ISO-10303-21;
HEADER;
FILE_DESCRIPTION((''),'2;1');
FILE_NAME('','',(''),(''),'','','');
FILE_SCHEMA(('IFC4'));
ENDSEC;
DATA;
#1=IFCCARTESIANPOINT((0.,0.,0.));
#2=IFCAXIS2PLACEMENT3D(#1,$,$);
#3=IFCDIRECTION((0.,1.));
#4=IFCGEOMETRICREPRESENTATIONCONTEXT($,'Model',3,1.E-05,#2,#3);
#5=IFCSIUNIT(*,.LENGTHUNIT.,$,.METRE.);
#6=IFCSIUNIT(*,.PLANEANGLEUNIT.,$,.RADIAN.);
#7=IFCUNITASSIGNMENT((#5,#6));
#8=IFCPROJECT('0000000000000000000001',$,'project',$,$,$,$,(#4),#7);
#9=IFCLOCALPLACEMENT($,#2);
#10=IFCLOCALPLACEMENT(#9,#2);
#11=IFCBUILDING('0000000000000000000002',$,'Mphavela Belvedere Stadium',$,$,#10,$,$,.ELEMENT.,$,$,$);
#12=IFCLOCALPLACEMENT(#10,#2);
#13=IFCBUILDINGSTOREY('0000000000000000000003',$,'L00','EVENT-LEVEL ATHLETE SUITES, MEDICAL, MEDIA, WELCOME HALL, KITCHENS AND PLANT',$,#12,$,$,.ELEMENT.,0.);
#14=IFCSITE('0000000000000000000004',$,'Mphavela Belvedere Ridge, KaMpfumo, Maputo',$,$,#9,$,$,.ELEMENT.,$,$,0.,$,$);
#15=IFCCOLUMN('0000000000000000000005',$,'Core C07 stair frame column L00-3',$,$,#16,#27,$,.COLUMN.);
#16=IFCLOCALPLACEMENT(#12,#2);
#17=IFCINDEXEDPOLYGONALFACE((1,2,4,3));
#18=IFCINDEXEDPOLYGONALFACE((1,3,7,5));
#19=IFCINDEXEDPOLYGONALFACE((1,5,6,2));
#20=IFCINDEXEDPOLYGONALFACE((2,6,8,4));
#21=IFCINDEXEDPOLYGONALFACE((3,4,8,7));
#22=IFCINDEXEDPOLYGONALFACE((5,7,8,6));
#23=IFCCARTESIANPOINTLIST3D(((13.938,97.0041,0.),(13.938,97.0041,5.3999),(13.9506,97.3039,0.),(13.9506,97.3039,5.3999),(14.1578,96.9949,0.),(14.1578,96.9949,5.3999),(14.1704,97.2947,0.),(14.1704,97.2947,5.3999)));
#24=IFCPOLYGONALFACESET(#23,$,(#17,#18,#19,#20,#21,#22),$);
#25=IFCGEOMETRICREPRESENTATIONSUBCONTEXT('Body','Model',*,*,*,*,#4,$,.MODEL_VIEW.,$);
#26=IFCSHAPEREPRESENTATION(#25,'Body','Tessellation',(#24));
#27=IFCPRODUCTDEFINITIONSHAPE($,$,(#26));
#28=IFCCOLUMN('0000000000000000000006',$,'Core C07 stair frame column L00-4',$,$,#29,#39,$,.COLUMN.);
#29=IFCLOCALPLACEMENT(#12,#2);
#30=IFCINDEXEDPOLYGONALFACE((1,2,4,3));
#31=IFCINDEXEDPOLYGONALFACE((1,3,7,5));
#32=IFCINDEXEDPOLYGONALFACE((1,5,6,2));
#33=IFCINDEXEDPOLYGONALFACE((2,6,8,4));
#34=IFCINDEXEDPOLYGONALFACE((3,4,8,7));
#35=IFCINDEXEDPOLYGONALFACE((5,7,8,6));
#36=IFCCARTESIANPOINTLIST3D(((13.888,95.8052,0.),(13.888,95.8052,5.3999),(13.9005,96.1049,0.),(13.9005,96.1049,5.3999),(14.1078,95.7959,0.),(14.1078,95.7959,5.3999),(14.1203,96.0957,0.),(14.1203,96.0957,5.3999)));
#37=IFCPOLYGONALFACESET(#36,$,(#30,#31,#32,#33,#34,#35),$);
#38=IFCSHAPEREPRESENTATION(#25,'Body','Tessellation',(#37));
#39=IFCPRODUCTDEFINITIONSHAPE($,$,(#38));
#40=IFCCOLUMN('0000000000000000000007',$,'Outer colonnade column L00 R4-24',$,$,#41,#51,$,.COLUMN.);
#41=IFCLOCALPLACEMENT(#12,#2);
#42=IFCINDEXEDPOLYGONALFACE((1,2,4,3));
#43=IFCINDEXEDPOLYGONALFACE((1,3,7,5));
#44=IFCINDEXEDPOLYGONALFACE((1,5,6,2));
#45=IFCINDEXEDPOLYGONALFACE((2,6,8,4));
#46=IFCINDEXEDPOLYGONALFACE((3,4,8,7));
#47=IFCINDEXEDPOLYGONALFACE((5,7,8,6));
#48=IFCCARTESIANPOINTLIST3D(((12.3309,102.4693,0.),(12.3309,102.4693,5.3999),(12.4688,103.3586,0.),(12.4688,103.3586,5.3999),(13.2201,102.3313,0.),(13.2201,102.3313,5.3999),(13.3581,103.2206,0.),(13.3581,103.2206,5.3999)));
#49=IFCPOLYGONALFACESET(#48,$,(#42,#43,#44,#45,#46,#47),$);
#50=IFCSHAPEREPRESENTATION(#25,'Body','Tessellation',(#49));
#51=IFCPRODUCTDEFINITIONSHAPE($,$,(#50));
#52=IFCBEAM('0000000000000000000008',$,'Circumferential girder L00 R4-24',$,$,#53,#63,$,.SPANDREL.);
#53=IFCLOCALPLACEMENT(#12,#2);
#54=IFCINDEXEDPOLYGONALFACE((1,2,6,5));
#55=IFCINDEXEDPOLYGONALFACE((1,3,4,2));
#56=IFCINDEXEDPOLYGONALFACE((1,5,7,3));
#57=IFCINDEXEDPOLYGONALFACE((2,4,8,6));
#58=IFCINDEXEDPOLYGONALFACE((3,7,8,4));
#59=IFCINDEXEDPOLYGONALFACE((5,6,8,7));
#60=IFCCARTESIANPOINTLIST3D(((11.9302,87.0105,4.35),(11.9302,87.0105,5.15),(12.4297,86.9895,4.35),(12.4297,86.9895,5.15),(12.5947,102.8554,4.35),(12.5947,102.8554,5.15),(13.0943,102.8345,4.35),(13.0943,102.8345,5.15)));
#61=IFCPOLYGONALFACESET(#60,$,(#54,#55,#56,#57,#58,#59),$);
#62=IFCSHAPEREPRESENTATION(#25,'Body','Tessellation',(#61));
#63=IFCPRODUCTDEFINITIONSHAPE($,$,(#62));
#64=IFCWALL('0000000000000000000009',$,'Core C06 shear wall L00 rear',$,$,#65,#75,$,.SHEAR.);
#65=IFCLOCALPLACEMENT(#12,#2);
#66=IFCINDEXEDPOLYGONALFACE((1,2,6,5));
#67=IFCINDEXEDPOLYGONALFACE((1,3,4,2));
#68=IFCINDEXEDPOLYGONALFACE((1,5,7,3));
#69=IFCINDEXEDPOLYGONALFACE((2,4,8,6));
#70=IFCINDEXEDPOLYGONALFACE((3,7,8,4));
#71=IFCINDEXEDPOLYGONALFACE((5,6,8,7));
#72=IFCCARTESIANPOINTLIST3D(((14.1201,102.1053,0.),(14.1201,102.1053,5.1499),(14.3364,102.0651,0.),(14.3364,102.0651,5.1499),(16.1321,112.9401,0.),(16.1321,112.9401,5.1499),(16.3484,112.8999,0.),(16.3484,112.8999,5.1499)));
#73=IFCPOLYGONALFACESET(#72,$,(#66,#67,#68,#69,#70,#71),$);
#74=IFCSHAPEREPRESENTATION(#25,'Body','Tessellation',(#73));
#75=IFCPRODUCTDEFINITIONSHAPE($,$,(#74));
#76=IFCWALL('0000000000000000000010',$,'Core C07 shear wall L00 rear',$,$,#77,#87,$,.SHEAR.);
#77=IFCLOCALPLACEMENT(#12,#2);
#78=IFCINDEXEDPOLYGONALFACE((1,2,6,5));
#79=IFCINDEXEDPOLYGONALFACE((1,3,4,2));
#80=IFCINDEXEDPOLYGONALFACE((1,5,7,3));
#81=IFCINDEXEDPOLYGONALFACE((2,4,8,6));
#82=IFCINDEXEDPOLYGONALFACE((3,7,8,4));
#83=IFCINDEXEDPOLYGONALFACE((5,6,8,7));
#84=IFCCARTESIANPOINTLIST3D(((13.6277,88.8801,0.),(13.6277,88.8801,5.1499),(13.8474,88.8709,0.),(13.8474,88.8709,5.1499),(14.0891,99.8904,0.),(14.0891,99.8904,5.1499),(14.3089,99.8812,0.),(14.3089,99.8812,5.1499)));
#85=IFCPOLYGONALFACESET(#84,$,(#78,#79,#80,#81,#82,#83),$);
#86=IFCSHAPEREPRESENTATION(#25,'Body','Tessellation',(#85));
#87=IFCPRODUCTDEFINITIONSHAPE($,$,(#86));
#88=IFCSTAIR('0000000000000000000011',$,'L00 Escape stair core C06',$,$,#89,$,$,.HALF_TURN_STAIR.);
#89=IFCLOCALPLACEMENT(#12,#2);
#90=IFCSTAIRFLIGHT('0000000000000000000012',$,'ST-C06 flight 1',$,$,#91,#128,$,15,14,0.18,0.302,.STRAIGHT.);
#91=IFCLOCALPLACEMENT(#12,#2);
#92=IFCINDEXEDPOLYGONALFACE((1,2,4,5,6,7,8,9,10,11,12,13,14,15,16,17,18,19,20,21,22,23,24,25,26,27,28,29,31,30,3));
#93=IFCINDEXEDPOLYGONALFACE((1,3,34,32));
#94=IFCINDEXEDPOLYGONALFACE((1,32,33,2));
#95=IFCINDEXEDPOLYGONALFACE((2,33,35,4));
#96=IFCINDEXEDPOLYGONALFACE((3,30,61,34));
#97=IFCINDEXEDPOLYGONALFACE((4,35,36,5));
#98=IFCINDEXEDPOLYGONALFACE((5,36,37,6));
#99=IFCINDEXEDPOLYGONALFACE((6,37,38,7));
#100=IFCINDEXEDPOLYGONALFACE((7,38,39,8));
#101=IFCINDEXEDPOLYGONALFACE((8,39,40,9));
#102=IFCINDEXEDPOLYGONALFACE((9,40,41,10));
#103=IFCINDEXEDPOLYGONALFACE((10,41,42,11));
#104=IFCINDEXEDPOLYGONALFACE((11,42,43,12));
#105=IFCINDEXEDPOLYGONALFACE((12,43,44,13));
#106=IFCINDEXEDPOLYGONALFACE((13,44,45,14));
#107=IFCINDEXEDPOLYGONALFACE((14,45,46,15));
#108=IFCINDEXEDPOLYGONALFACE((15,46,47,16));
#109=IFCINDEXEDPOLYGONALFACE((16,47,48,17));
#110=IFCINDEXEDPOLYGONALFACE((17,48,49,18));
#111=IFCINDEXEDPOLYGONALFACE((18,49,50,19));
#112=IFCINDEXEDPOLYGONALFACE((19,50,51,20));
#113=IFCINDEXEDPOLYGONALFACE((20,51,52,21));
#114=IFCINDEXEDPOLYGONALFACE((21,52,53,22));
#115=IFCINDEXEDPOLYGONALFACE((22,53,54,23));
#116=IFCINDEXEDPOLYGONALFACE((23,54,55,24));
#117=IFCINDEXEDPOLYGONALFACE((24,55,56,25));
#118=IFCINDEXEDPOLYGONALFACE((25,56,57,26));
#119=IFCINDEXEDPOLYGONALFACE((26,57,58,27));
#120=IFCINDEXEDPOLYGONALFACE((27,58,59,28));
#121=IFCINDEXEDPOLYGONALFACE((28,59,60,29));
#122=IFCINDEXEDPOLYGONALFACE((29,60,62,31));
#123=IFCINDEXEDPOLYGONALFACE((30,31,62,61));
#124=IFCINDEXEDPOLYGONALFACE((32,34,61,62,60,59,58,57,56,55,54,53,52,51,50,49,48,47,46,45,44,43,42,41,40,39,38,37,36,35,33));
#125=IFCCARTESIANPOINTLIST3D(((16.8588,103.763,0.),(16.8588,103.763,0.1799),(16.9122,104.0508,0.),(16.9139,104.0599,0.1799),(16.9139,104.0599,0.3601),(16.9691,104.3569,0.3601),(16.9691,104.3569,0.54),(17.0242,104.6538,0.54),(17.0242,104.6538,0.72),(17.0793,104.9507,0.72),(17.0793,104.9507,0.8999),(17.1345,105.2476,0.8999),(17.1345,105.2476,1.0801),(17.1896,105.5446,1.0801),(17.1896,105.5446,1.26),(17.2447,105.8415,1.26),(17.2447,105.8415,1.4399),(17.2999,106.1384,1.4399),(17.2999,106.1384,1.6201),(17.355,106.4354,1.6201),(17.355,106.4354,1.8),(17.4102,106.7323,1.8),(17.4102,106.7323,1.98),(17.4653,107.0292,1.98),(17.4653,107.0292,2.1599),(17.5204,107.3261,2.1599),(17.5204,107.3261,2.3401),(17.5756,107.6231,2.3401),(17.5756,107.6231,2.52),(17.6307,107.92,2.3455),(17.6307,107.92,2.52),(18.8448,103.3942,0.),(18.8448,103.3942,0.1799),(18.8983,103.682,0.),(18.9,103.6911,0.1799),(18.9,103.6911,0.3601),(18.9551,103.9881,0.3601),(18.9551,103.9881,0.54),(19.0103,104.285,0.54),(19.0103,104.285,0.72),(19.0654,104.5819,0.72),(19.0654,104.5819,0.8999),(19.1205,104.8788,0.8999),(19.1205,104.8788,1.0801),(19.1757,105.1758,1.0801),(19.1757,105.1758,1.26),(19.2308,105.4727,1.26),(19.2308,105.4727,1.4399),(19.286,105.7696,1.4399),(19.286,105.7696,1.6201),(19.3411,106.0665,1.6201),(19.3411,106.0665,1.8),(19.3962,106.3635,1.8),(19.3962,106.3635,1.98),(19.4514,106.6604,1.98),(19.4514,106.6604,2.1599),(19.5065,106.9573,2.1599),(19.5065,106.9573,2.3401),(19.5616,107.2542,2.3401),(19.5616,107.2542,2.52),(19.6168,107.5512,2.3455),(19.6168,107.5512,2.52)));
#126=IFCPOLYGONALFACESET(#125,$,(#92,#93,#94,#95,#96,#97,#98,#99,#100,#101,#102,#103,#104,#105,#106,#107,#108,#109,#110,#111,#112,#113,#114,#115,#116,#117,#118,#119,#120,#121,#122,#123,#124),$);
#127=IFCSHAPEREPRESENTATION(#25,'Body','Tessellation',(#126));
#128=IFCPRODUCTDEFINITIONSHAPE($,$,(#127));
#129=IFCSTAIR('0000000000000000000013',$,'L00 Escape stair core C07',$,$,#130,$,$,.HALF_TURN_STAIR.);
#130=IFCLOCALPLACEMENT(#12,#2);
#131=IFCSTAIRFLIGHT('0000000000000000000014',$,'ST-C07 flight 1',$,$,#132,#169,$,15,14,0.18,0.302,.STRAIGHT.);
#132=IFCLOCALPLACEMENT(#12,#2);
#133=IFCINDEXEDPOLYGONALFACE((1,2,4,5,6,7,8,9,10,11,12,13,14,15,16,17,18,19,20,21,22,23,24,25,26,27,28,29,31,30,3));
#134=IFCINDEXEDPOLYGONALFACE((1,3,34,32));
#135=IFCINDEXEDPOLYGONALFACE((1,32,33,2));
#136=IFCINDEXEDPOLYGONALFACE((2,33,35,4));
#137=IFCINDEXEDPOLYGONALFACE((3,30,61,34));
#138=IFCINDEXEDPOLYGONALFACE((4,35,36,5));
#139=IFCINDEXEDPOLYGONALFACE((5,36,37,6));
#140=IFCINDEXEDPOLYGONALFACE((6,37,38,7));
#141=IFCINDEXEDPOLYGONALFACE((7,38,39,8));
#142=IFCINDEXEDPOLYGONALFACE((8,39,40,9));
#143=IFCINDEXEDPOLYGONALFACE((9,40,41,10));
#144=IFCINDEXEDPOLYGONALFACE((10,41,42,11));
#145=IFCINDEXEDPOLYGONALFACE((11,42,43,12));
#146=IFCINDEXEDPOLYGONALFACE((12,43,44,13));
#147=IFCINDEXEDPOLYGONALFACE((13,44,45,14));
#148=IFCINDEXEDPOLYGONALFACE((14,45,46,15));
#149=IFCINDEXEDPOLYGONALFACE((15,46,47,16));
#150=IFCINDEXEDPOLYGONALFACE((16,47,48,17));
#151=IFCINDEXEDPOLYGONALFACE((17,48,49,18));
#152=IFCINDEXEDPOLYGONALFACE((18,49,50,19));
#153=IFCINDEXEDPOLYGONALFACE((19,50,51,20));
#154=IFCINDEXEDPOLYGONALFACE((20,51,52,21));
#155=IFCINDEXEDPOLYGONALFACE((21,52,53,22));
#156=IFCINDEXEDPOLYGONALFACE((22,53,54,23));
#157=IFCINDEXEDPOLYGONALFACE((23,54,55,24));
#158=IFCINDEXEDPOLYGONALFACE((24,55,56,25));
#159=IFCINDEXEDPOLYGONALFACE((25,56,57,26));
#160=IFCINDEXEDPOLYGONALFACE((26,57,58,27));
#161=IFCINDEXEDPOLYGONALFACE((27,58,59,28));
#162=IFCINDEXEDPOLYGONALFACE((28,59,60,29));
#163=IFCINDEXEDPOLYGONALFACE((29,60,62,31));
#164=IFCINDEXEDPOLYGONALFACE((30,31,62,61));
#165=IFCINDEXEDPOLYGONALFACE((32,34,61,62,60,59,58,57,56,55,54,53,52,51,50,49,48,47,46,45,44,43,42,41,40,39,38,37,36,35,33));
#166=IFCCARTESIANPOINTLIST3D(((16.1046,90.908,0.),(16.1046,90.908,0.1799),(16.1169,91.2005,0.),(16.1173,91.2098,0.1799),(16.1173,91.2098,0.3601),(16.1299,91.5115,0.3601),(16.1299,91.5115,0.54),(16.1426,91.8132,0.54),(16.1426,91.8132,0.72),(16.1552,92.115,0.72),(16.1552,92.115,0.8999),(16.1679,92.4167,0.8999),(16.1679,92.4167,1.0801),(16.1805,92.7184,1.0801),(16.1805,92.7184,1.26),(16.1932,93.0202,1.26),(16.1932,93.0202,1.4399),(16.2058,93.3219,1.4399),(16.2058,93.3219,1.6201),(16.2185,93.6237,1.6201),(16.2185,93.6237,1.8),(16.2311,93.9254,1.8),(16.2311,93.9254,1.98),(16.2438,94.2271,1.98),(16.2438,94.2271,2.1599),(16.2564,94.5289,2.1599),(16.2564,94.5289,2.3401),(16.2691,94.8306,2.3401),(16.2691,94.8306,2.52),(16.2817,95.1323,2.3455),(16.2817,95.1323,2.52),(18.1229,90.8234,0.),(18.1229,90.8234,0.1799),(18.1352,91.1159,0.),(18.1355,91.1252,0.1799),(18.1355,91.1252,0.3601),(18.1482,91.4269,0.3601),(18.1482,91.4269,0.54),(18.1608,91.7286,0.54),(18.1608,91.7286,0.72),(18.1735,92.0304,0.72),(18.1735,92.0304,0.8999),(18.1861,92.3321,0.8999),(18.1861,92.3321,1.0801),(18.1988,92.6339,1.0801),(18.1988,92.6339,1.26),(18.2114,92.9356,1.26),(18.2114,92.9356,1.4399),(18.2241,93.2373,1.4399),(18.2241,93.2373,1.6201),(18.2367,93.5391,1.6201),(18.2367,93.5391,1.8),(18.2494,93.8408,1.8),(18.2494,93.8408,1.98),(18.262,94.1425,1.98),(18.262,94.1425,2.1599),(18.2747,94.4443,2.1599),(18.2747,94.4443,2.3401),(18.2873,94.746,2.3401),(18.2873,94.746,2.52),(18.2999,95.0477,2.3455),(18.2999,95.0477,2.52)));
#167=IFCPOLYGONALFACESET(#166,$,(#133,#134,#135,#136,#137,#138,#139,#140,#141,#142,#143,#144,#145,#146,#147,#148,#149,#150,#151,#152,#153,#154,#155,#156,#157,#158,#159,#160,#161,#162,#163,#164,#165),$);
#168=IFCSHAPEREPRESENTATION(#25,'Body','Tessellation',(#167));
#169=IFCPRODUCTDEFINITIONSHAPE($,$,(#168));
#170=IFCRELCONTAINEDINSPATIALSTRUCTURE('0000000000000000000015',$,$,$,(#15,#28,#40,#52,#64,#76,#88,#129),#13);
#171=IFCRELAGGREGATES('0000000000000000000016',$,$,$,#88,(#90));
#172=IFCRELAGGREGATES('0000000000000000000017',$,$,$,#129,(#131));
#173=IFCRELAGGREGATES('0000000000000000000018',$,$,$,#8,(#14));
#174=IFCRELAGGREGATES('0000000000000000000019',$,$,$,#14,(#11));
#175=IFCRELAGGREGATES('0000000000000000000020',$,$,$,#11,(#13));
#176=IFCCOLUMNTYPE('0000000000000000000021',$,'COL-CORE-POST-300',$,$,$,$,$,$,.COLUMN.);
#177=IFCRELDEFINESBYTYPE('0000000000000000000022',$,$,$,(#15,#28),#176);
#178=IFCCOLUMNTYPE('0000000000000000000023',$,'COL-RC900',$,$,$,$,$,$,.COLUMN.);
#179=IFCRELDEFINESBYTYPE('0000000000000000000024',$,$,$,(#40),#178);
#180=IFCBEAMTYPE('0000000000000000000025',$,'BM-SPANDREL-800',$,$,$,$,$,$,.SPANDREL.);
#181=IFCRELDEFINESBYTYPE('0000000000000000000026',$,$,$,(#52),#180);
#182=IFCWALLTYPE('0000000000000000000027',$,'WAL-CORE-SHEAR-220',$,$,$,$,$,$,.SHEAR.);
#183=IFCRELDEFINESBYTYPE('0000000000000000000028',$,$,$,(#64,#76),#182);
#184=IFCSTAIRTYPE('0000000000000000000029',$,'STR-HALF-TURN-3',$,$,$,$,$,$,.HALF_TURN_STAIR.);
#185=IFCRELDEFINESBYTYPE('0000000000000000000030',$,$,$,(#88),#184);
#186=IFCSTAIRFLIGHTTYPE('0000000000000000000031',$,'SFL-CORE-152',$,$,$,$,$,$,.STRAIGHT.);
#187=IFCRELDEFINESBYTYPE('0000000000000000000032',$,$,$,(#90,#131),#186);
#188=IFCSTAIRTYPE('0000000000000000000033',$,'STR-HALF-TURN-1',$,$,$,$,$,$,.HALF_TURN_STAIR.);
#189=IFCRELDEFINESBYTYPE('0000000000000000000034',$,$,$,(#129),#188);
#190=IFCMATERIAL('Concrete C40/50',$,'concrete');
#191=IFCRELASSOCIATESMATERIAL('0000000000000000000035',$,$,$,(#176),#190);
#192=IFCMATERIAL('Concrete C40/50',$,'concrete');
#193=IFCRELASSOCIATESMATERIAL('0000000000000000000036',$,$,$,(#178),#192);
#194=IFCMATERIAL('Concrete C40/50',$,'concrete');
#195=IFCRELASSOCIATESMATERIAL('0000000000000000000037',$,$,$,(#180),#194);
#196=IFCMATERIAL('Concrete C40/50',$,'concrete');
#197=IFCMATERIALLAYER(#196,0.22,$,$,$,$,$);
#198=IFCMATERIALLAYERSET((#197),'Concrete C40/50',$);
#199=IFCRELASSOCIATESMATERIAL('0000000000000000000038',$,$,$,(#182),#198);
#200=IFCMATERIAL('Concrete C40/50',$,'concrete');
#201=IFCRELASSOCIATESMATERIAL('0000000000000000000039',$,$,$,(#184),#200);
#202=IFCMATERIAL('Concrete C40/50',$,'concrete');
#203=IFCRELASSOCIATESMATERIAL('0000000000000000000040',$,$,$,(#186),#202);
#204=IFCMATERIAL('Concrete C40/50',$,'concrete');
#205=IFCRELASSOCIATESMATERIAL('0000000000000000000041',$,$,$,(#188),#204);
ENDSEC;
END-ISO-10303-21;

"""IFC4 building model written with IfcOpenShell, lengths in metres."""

from ifc_helpers import new_model, si_unit, direction, frame, frame_2d, origin, origin_2d, place, context, subcontext, project, spatial, polyline, rectangle, outline, extrude, material, layer, layer_set, material_profile, profile_set, type_object, element, aggregate, save


model = new_model("IFC4")

# Units and contexts
model_context = context("Model", 3, precision=1e-05, world=origin(), true_north=direction((0.0, 1.0)))
body_context = subcontext(model_context, "Body", "Model", "MODEL_VIEW")
ifc_project = project(units=[si_unit("LENGTHUNIT", "METRE"), si_unit("PLANEANGLEUNIT", "RADIAN")], contexts=[model_context])

# Site, building, storey
site_placement = place(None, origin())
site = spatial("IfcSite", under=ifc_project, at=site_placement, Name="Mphavela Belvedere Ridge, KaMpfumo, Maputo", CompositionType="ELEMENT", RefElevation=0.0)
building_placement = place(site_placement, origin())
building = spatial("IfcBuilding", under=site, at=building_placement, Name="Mphavela Belvedere Stadium", CompositionType="ELEMENT")
storey_placement = place(building_placement, origin())
storey = spatial("IfcBuildingStorey", under=building, at=storey_placement, Name="L00", Description="EVENT-LEVEL ATHLETE SUITES, MEDICAL, MEDIA, WELCOME HALL, KITCHENS AND PLANT", CompositionType="ELEMENT", Elevation=0.0)

# Columns
ifc_material_1 = material(Name="Concrete C40/50", Category="concrete")
ifc_material_profile_1 = material_profile(ifc_material_1, rectangle(XDim=0.3, YDim=0.22, at=origin_2d()), Name="RC 300x220")
ifc_profile_set_1 = profile_set([ifc_material_profile_1], Name="Concrete C40/50")
column_type_1 = type_object("IfcColumnType", Name="COL-CORE-POST-300", PredefinedType="COLUMN", material=ifc_profile_set_1)
for number, where, z_axis, x_axis, name in (
    (1, (14.0542, 97.1494, 0.0), (0.0, 0.0, 1.0), (0.041876, 0.999123, 0.0), "Core C07 stair frame column L00-3"),
    (2, (14.0042, 95.9504, 0.0), (0.0, 0.0, 1.0), (0.041876, 0.999123, 0.0), "Core C07 stair frame column L00-4"),
):
    element("IfcColumn", number, at=place(storey_placement, frame(where, z_axis=z_axis, x_axis=x_axis)), inside=storey, type_object=column_type_1, Name=name, PredefinedType="COLUMN", context=body_context, shape_type="SweptSolid", body=[
        extrude(rectangle(XDim=0.3, YDim=0.22, at=origin_2d()), origin(), (0.0, 0.0, 1.0), 5.3999),
    ])
ifc_material_2 = material(Name="Concrete C40/50", Category="concrete")
ifc_material_profile_2 = material_profile(ifc_material_2, rectangle(XDim=0.8999, YDim=0.8999, at=origin_2d()), Name="RC 900x900")
ifc_profile_set_2 = profile_set([ifc_material_profile_2], Name="Concrete C40/50")
column_type_2 = type_object("IfcColumnType", Name="COL-RC900", PredefinedType="COLUMN", material=ifc_profile_set_2)
column_placement = place(storey_placement, frame((12.8445, 102.845, 0.0), z_axis=(0.0, 0.0, 1.0), x_axis=(-0.988175, 0.153331, 0.0)))
element("IfcColumn", 3, at=column_placement, inside=storey, type_object=column_type_2, Name="Outer colonnade column L00 R4-24", PredefinedType="COLUMN", context=body_context, shape_type="SweptSolid", body=[
    extrude(rectangle(XDim=0.8999, YDim=0.8999, at=origin_2d()), origin(), (0.0, 0.0, 1.0), 5.3999),
])

# Beam
ifc_material_3 = material(Name="Concrete C40/50", Category="concrete")
ifc_material_profile_3 = material_profile(ifc_material_3, rectangle(XDim=0.5, YDim=0.8, at=origin_2d()), Name="RC 500x800")
ifc_profile_set_3 = profile_set([ifc_material_profile_3], Name="Concrete C40/50")
beam_type = type_object("IfcBeamType", Name="BM-SPANDREL-800", PredefinedType="SPANDREL", material=ifc_profile_set_3)
beam_placement = place(storey_placement, frame((12.8445, 102.845, 4.75), z_axis=(-0.041904, -0.999122, 0.0), x_axis=(0.999122, -0.041904, 0.0)))
element("IfcBeam", 4, at=beam_placement, inside=storey, type_object=beam_type, Name="Circumferential girder L00 R4-24", PredefinedType="SPANDREL", context=body_context, shape_type="SweptSolid", body=[
    extrude(rectangle(XDim=0.5, YDim=0.8, at=origin_2d()), origin(), (0.0, 0.0, 1.0), 15.8589),
])

# Walls
ifc_material_4 = material(Name="Concrete C40/50", Category="concrete")
ifc_layer = layer(ifc_material_4, 0.22)
ifc_layer_set = layer_set([ifc_layer], Name="Concrete C40/50")
wall_type = type_object("IfcWallType", Name="WAL-CORE-SHEAR-220", PredefinedType="SHEAR", material=ifc_layer_set)
for number, where, z_axis, x_axis, name in (
    (5, (14.2283, 102.0852, 0.0), (0.0, 0.0, 1.0), (0.182575, 0.983192, 0.0), "Core C06 shear wall L00 rear"),
    (6, (13.7375, 88.8755, 0.0), (0.0, 0.0, 1.0), (0.041872, 0.999123, 0.0), "Core C07 shear wall L00 rear"),
):
    element("IfcWall", number, at=place(storey_placement, frame(where, z_axis=z_axis, x_axis=x_axis)), inside=storey, type_object=wall_type, Name=name, PredefinedType="SHEAR", context=body_context, shape_type="SweptSolid", body=[
        extrude(rectangle(XDim=11.02, YDim=0.22, at=frame_2d((5.51, 0.0))), origin(), (0.0, 0.0, 1.0), 5.1499),
    ])

# Stair, stair flight
ifc_material_5 = material(Name="Concrete C40/50", Category="concrete")
stair_type_1 = type_object("IfcStairType", Name="STR-HALF-TURN-3", PredefinedType="HALF_TURN_STAIR", material=ifc_material_5)
stair_1_placement = place(storey_placement, origin())
stair_1 = element("IfcStair", 7, at=stair_1_placement, inside=storey, type_object=stair_type_1, Name="L00 Escape stair core C06", PredefinedType="HALF_TURN_STAIR")
ifc_material_6 = material(Name="Concrete C40/50", Category="concrete")
stair_flight_type = type_object("IfcStairFlightType", Name="SFL-CORE-152", PredefinedType="STRAIGHT", material=ifc_material_6)
stair_flight_1_placement = place(storey_placement, frame((17.8518, 103.5786, 0.0), z_axis=(0.0, 0.0, 1.0), x_axis=(0.182579, 0.983191, 0.0)))
stair_flight_1 = element("IfcStairFlight", 8, at=stair_flight_1_placement, type_object=stair_flight_type, Name="ST-C06 flight 1", NumberOfRisers=15, NumberOfTreads=14, PredefinedType="STRAIGHT", RiserHeight=0.18, TreadLength=0.302, context=body_context, shape_type="SweptSolid", body=[
    extrude(outline(polyline([(0.0, 0.0), (0.0, 0.1799), (0.302, 0.1799), (0.302, 0.3601), (0.604, 0.3601), (0.604, 0.54), (0.906, 0.54), (0.906, 0.72), (1.208, 0.72), (1.208, 0.8999), (1.51, 0.8999), (1.51, 1.0801), (1.812, 1.0801), (1.812, 1.26), (2.114, 1.26), (2.114, 1.4399), (2.416, 1.4399), (2.416, 1.6201), (2.718, 1.6201), (2.718, 1.8), (3.02, 1.8), (3.02, 1.98), (3.322, 1.98), (3.322, 2.1599), (3.624, 2.1599), (3.624, 2.3401), (3.926, 2.3401), (3.926, 2.52), (4.228, 2.52), (4.228, 2.7), (4.228, 2.3455), (0.2927, 0.0), (0.0, 0.0)])), frame((0.0, 1.01, 0.0), z_axis=(0.0, -1.0, 0.0), x_axis=(1.0, 0.0, 0.0)), (0.0, 0.0, 1.0), 2.02),
])
aggregate(stair_1, [stair_flight_1])

# Stair, stair flight
ifc_material_7 = material(Name="Concrete C40/50", Category="concrete")
stair_type_2 = type_object("IfcStairType", Name="STR-HALF-TURN-1", PredefinedType="HALF_TURN_STAIR", material=ifc_material_7)
stair_2_placement = place(storey_placement, origin())
stair_2 = element("IfcStair", 9, at=stair_2_placement, inside=storey, type_object=stair_type_2, Name="L00 Escape stair core C07", PredefinedType="HALF_TURN_STAIR")
stair_flight_2_placement = place(storey_placement, frame((17.1138, 90.8657, 0.0), z_axis=(0.0, 0.0, 1.0), x_axis=(0.041876, 0.999123, 0.0)))
stair_flight_2 = element("IfcStairFlight", 10, at=stair_flight_2_placement, type_object=stair_flight_type, Name="ST-C07 flight 1", NumberOfRisers=15, NumberOfTreads=14, PredefinedType="STRAIGHT", RiserHeight=0.18, TreadLength=0.302, context=body_context, shape_type="SweptSolid", body=[
    extrude(outline(polyline([(0.0, 0.0), (0.0, 0.1799), (0.302, 0.1799), (0.302, 0.3601), (0.604, 0.3601), (0.604, 0.54), (0.906, 0.54), (0.906, 0.72), (1.208, 0.72), (1.208, 0.8999), (1.51, 0.8999), (1.51, 1.0801), (1.812, 1.0801), (1.812, 1.26), (2.114, 1.26), (2.114, 1.4399), (2.416, 1.4399), (2.416, 1.6201), (2.718, 1.6201), (2.718, 1.8), (3.02, 1.8), (3.02, 1.98), (3.322, 1.98), (3.322, 2.1599), (3.624, 2.1599), (3.624, 2.3401), (3.926, 2.3401), (3.926, 2.52), (4.228, 2.52), (4.228, 2.7), (4.228, 2.3455), (0.2927, 0.0), (0.0, 0.0)])), frame((0.0, 1.01, 0.0), z_axis=(0.0, -1.0, 0.0), x_axis=(1.0, 0.0, 0.0)), (0.0, 0.0, 1.0), 2.02),
])
aggregate(stair_2, [stair_flight_2])

save(model, "model.ifc")
